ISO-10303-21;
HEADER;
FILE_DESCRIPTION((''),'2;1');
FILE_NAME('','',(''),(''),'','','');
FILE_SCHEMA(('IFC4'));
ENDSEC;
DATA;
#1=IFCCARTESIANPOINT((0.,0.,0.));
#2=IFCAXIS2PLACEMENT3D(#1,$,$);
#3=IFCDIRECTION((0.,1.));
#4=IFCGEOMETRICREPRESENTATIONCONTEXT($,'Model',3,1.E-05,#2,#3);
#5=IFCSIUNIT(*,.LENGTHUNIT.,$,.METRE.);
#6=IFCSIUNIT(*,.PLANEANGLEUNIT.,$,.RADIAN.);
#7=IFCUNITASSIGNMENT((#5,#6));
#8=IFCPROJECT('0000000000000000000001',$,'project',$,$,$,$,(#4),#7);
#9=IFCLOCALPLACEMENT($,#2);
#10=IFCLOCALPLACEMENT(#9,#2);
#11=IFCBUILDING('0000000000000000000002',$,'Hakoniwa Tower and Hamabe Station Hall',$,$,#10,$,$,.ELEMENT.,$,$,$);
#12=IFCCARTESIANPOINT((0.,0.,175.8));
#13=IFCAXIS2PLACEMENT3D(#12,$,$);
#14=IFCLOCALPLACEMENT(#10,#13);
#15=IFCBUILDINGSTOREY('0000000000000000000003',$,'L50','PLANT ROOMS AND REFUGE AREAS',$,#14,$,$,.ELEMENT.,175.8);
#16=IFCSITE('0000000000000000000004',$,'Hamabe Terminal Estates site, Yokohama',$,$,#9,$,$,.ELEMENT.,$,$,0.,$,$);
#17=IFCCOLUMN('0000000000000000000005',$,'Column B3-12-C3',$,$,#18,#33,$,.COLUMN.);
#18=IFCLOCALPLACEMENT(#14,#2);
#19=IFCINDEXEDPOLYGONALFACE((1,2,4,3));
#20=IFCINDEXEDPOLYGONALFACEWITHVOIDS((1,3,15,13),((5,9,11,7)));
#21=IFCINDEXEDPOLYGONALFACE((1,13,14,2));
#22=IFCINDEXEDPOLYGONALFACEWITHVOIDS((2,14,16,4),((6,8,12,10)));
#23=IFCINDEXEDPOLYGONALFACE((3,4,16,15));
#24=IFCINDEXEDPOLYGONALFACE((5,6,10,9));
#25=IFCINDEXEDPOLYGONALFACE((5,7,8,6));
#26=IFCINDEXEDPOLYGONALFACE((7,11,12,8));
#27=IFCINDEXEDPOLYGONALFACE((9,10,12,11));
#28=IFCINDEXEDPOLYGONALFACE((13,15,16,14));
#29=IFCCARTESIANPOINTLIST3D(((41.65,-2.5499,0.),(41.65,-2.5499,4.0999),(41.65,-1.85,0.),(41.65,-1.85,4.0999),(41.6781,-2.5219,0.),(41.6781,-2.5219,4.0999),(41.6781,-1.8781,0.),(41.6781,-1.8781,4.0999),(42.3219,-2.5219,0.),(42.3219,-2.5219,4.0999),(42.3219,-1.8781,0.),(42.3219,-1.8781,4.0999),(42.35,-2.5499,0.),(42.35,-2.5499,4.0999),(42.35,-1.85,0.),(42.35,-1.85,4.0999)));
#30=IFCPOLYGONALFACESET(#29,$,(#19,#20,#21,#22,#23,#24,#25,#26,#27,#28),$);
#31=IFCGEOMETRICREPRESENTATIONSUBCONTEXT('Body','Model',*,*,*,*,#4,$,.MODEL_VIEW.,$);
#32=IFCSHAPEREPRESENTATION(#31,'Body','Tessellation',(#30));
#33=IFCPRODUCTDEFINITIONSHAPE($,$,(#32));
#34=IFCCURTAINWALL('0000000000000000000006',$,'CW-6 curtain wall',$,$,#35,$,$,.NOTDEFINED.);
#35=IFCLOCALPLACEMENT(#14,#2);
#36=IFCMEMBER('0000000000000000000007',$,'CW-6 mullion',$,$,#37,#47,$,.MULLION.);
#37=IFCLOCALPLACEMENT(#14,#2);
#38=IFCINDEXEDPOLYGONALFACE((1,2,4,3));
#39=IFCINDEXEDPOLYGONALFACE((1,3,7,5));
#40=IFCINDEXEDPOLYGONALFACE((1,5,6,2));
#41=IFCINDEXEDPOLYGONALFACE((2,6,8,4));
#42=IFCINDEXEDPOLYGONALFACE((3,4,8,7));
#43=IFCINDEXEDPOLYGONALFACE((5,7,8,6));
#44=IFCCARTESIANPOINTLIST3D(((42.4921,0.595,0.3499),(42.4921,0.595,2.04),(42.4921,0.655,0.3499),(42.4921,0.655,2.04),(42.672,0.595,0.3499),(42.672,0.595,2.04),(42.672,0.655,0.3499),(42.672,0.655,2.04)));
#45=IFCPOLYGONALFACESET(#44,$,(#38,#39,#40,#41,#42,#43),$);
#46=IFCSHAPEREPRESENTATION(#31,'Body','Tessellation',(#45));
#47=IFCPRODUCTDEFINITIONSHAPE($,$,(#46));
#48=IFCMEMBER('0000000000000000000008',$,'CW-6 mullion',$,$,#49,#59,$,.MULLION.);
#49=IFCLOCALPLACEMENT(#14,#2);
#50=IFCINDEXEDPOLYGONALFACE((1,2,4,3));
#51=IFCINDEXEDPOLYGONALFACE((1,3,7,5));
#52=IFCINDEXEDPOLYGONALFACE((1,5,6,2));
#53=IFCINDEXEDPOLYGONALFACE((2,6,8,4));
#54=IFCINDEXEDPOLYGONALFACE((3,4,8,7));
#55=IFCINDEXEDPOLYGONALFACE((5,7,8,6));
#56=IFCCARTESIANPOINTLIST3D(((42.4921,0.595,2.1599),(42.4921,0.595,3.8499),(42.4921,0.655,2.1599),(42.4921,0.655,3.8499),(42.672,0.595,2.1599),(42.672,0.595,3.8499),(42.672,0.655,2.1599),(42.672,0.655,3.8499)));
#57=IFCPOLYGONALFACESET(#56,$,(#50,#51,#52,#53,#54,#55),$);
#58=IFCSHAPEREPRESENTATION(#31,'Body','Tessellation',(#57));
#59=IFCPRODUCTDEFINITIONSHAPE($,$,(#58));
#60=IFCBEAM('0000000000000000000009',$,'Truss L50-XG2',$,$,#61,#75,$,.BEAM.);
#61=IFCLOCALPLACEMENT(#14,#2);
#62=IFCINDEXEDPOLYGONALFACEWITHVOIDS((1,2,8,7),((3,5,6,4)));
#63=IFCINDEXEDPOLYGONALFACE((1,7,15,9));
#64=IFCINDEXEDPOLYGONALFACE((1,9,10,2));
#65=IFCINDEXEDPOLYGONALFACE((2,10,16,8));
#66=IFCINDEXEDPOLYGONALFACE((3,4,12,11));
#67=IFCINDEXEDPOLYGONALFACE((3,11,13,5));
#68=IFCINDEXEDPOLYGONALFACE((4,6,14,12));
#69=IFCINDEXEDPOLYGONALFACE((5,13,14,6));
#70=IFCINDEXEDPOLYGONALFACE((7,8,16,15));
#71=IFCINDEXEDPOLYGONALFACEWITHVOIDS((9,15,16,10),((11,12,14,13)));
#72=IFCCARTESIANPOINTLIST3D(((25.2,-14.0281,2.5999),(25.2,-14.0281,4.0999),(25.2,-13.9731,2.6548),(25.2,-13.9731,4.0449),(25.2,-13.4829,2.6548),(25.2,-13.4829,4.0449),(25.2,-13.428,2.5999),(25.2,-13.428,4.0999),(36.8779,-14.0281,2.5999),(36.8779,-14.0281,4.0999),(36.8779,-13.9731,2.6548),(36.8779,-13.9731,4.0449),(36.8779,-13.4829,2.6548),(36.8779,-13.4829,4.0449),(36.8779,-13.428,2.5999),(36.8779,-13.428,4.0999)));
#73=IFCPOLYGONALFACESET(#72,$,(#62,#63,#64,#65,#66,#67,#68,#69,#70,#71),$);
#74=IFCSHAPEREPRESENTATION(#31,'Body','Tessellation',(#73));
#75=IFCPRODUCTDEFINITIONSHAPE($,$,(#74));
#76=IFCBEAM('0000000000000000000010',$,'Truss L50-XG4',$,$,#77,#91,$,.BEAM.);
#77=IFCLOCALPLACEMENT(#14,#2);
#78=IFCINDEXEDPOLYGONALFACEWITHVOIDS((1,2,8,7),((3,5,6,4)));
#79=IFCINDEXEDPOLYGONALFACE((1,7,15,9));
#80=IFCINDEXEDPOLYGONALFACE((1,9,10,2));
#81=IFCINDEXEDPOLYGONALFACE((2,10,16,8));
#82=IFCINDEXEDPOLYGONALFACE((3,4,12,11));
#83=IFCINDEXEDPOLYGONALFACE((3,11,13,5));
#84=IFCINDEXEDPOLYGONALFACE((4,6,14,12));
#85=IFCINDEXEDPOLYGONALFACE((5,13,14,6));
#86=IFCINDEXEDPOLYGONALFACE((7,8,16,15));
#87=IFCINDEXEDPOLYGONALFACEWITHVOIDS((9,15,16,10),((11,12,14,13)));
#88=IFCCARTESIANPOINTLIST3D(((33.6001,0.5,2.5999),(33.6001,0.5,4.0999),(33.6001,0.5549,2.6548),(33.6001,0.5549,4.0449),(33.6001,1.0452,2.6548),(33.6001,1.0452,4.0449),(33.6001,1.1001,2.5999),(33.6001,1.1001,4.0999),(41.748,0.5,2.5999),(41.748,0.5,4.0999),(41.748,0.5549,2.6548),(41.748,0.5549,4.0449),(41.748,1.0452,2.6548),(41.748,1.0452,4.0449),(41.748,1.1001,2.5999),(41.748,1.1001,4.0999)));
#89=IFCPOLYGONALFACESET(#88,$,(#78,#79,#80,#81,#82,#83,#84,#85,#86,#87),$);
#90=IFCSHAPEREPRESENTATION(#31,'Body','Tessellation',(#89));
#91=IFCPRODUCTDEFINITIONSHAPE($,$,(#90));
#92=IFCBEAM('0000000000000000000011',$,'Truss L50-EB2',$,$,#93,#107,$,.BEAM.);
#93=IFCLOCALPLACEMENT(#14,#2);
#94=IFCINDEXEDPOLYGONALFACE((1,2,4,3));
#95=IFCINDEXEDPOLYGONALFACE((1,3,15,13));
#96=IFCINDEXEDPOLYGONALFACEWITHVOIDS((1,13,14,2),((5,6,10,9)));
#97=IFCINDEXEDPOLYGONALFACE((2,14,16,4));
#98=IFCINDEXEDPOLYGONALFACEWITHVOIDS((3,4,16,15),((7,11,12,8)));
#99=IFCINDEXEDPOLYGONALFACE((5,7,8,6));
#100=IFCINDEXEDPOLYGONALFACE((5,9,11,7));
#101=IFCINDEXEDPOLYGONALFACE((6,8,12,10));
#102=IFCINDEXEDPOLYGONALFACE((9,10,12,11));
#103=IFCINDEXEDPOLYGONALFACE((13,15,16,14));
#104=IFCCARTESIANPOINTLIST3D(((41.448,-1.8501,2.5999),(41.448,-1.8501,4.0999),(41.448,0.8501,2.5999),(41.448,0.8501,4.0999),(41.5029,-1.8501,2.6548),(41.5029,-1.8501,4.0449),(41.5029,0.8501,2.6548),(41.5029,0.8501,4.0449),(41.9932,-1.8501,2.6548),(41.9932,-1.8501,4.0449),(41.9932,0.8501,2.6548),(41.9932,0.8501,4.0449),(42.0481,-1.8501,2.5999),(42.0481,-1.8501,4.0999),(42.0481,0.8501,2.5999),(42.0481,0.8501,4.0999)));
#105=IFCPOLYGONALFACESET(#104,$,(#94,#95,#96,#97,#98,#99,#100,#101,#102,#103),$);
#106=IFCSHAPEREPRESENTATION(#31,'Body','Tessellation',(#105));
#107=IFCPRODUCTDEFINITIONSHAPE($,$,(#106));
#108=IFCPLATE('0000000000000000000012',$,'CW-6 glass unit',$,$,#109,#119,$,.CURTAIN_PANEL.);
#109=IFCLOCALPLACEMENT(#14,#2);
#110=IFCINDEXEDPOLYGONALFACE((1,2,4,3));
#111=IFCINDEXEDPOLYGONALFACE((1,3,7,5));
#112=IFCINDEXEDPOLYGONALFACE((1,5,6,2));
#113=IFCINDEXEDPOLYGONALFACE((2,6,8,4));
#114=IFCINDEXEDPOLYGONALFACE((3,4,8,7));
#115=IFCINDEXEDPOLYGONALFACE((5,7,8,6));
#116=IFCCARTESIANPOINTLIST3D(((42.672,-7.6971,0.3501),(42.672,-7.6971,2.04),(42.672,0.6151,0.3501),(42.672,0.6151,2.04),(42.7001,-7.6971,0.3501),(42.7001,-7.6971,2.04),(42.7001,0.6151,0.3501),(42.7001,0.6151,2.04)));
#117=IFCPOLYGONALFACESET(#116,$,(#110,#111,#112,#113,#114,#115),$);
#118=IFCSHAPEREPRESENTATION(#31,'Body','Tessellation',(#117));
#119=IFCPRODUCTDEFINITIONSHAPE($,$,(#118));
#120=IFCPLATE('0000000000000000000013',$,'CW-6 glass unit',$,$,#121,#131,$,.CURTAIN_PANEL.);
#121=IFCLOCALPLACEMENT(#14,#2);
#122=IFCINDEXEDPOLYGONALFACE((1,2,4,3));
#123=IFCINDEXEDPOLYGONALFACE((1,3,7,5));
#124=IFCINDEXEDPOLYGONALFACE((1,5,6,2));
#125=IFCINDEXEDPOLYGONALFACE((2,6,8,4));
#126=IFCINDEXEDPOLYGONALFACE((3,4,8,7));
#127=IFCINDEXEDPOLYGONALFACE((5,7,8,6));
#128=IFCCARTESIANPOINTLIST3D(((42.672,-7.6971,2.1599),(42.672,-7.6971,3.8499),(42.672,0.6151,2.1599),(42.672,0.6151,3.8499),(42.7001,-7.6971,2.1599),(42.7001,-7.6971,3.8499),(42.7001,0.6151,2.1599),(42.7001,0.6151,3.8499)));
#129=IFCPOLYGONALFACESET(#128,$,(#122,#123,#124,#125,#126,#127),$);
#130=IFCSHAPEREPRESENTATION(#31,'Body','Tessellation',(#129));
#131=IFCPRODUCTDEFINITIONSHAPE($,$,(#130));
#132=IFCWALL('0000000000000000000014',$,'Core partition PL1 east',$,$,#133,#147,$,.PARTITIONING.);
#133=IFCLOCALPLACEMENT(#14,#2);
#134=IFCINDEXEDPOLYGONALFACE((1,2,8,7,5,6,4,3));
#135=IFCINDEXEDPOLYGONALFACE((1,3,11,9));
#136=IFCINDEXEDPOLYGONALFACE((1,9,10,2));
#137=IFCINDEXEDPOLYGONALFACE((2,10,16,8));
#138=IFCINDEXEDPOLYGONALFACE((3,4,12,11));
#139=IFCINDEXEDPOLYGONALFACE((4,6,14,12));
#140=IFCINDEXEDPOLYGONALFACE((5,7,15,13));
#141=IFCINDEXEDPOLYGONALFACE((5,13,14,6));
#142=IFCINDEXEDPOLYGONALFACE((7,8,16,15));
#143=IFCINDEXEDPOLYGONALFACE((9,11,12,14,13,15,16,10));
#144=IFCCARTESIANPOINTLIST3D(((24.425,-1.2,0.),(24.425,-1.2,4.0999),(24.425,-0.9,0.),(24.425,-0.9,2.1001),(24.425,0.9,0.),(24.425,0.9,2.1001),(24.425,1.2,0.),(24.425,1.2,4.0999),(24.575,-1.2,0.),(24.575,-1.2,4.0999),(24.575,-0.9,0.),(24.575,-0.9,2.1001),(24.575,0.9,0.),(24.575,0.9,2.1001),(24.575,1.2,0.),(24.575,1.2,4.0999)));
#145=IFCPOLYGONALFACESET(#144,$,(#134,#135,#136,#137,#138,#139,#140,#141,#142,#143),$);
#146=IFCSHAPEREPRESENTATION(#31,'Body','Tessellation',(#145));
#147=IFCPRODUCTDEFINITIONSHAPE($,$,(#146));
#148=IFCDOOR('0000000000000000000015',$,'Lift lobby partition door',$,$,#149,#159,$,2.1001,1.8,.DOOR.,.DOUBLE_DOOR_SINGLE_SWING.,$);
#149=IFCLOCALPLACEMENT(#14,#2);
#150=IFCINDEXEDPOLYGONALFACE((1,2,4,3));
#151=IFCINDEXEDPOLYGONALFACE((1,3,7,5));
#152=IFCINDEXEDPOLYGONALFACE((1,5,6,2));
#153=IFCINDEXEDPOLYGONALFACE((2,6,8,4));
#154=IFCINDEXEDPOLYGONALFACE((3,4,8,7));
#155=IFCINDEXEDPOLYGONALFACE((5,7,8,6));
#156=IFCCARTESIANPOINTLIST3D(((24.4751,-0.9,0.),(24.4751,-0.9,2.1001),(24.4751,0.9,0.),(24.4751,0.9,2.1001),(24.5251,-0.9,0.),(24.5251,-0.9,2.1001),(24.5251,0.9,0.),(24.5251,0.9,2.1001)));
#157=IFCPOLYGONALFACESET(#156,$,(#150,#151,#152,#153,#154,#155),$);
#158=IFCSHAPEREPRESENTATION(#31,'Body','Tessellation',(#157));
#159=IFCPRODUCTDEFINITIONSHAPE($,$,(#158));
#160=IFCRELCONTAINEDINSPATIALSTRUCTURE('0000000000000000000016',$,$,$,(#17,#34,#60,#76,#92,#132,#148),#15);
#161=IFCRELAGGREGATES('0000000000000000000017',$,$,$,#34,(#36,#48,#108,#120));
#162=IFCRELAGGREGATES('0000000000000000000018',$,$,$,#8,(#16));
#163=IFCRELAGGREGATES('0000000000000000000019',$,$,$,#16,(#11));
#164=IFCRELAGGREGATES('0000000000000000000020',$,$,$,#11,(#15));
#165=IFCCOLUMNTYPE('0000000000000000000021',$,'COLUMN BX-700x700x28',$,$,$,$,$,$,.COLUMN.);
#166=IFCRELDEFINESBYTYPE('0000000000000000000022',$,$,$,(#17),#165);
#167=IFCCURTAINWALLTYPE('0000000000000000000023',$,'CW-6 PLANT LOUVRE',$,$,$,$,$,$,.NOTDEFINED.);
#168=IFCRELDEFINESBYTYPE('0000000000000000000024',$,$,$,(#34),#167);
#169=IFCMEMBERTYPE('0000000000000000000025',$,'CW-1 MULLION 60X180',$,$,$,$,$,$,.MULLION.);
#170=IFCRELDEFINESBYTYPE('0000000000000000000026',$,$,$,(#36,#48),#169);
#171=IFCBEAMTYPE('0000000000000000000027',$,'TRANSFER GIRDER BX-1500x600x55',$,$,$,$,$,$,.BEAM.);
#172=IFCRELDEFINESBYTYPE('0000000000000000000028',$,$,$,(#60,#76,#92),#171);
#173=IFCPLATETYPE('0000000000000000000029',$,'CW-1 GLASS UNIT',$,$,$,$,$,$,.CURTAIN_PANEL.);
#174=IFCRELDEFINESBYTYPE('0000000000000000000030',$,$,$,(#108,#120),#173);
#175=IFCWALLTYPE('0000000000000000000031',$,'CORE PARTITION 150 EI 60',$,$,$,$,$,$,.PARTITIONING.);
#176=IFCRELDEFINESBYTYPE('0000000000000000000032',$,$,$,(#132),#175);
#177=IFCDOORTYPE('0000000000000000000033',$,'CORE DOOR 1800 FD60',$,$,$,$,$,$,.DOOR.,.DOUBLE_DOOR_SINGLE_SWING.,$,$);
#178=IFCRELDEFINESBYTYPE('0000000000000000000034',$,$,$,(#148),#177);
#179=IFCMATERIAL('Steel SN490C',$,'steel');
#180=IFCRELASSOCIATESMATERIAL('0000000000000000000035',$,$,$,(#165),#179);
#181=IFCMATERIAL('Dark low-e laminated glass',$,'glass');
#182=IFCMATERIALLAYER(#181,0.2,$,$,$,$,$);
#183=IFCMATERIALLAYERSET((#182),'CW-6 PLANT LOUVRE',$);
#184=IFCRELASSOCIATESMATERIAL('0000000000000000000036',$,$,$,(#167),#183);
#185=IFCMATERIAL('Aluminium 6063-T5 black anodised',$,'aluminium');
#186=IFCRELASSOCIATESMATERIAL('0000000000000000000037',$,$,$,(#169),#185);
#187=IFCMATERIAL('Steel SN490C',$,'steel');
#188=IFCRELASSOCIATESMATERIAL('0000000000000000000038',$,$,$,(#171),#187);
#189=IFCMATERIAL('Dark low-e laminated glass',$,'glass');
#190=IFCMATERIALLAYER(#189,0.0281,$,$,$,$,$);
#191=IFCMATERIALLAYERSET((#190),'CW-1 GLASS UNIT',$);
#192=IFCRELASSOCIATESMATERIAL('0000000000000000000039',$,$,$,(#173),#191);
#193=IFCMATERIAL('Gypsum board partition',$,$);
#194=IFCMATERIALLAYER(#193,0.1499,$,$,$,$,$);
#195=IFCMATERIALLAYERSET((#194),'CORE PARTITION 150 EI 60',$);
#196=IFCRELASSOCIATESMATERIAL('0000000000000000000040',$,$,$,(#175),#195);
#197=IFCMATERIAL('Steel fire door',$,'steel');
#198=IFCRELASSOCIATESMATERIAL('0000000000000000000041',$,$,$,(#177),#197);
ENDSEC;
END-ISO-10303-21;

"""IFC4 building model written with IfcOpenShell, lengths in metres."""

from ifc_helpers import new_model, si_unit, direction, frame, frame_2d, origin, origin_2d, place, context, subcontext, project, spatial, rectangle, hollow_rectangle, extrude, material, layer, layer_set, material_profile, profile_set, type_object, element, fill, aggregate, save


model = new_model("IFC4")

# Units and contexts
model_context = context("Model", 3, precision=1e-05, world=origin(), true_north=direction((0.0, 1.0)))
body_context = subcontext(model_context, "Body", "Model", "MODEL_VIEW")
ifc_project = project(units=[si_unit("LENGTHUNIT", "METRE"), si_unit("PLANEANGLEUNIT", "RADIAN")], contexts=[model_context])

# Site, building, storey
site_placement = place(None, origin())
site = spatial("IfcSite", under=ifc_project, at=site_placement, Name="Hamabe Terminal Estates site, Yokohama", CompositionType="ELEMENT", RefElevation=0.0)
building_placement = place(site_placement, origin())
building = spatial("IfcBuilding", under=site, at=building_placement, Name="Hakoniwa Tower and Hamabe Station Hall", CompositionType="ELEMENT")
storey_placement = place(building_placement, frame((0.0, 0.0, 175.8)))
storey = spatial("IfcBuildingStorey", under=building, at=storey_placement, Name="L50", Description="PLANT ROOMS AND REFUGE AREAS", CompositionType="ELEMENT", Elevation=175.8)

# Column
ifc_material_1 = material(Name="Steel SN490C", Category="steel")
ifc_material_profile_1 = material_profile(ifc_material_1, hollow_rectangle(XDim=0.7, YDim=0.7, WallThickness=0.0281, at=origin_2d()), Name="BX-700x700x28")
ifc_profile_set_1 = profile_set([ifc_material_profile_1], Name="Steel SN490C")
column_type = type_object("IfcColumnType", Name="COLUMN BX-700x700x28", PredefinedType="COLUMN", material=ifc_profile_set_1)
column_placement = place(storey_placement, frame((42.0, -2.2, 0.0), z_axis=(0.0, 0.0, 1.0), x_axis=(1.0, 0.0, 0.0)))
element("IfcColumn", 1, at=column_placement, inside=storey, type_object=column_type, Name="Column B3-12-C3", PredefinedType="COLUMN", context=body_context, shape_type="SweptSolid", body=[
    extrude(hollow_rectangle(XDim=0.7, YDim=0.7, WallThickness=0.0281, at=origin_2d()), origin(), (0.0, 0.0, 1.0), 4.0999),
])

# Curtain wall, members
ifc_material_2 = material(Name="Dark low-e laminated glass", Category="glass")
ifc_layer_1 = layer(ifc_material_2, 0.2)
ifc_layer_set_1 = layer_set([ifc_layer_1], Name="CW-6 PLANT LOUVRE")
curtain_wall_type = type_object("IfcCurtainWallType", Name="CW-6 PLANT LOUVRE", PredefinedType="NOTDEFINED", material=ifc_layer_set_1)
curtain_wall_placement = place(storey_placement, origin())
curtain_wall = element("IfcCurtainWall", 2, at=curtain_wall_placement, inside=storey, type_object=curtain_wall_type, Name="CW-6 curtain wall", PredefinedType="NOTDEFINED")
ifc_material_3 = material(Name="Aluminium 6063-T5 black anodised", Category="aluminium")
ifc_material_profile_2 = material_profile(ifc_material_3, rectangle(XDim=0.0601, YDim=0.1799, at=origin_2d()), Name="CW-1 MULLION 60X180")
ifc_profile_set_2 = profile_set([ifc_material_profile_2], Name="Aluminium 6063-T5 black anodised")
member_type = type_object("IfcMemberType", Name="CW-1 MULLION 60X180", PredefinedType="MULLION", material=ifc_profile_set_2)
member_1_placement = place(storey_placement, frame((42.582, 0.625, 0.3499), z_axis=(0.0, 0.0, 1.0), x_axis=(0.0, 1.0, 0.0)))
member_1 = element("IfcMember", 3, at=member_1_placement, type_object=member_type, Name="CW-6 mullion", PredefinedType="MULLION", context=body_context, shape_type="SweptSolid", body=[
    extrude(rectangle(XDim=0.0601, YDim=0.1799, at=origin_2d()), origin(), (0.0, 0.0, 1.0), 1.6902),
])
member_2_placement = place(storey_placement, frame((42.582, 0.625, 2.1599), z_axis=(0.0, 0.0, 1.0), x_axis=(0.0, 1.0, 0.0)))
member_2 = element("IfcMember", 4, at=member_2_placement, type_object=member_type, Name="CW-6 mullion", PredefinedType="MULLION", context=body_context, shape_type="SweptSolid", body=[
    extrude(rectangle(XDim=0.0601, YDim=0.1799, at=origin_2d()), origin(), (0.0, 0.0, 1.0), 1.6899),
])

# Beams
ifc_material_4 = material(Name="Steel SN490C", Category="steel")
ifc_material_profile_3 = material_profile(ifc_material_4, hollow_rectangle(XDim=0.6001, YDim=1.5, WallThickness=0.0549, at=origin_2d()), Name="BX-1500x600x55")
ifc_profile_set_3 = profile_set([ifc_material_profile_3], Name="Steel SN490C")
beam_type = type_object("IfcBeamType", Name="TRANSFER GIRDER BX-1500x600x55", PredefinedType="BEAM", material=ifc_profile_set_3)
beam_1_placement = place(storey_placement, frame((25.2, -13.728, 3.3499), z_axis=(1.0, 0.0, 0.0), x_axis=(0.0, 1.0, 0.0)))
element("IfcBeam", 5, at=beam_1_placement, inside=storey, type_object=beam_type, Name="Truss L50-XG2", PredefinedType="BEAM", context=body_context, shape_type="SweptSolid", body=[
    extrude(hollow_rectangle(XDim=0.6001, YDim=1.5, WallThickness=0.0549, at=origin_2d()), origin(), (0.0, 0.0, 1.0), 11.678),
])
beam_2_placement = place(storey_placement, frame((33.6001, 0.8, 3.3499), z_axis=(1.0, 0.0, 0.0), x_axis=(0.0, 1.0, 0.0)))
element("IfcBeam", 6, at=beam_2_placement, inside=storey, type_object=beam_type, Name="Truss L50-XG4", PredefinedType="BEAM", context=body_context, shape_type="SweptSolid", body=[
    extrude(hollow_rectangle(XDim=0.6001, YDim=1.5, WallThickness=0.0549, at=origin_2d()), origin(), (0.0, 0.0, 1.0), 8.1479),
])
beam_3_placement = place(storey_placement, frame((41.748, -1.8501, 3.3499), z_axis=(0.0, 1.0, 0.0), x_axis=(-1.0, 0.0, 0.0)))
element("IfcBeam", 7, at=beam_3_placement, inside=storey, type_object=beam_type, Name="Truss L50-EB2", PredefinedType="BEAM", context=body_context, shape_type="SweptSolid", body=[
    extrude(hollow_rectangle(XDim=0.6001, YDim=1.5, WallThickness=0.0549, at=origin_2d()), origin(), (0.0, 0.0, 1.0), 2.7002),
])

# Plates
ifc_material_5 = material(Name="Dark low-e laminated glass", Category="glass")
ifc_layer_2 = layer(ifc_material_5, 0.0281)
ifc_layer_set_2 = layer_set([ifc_layer_2], Name="CW-1 GLASS UNIT")
plate_type = type_object("IfcPlateType", Name="CW-1 GLASS UNIT", PredefinedType="CURTAIN_PANEL", material=ifc_layer_set_2)
plate_1_placement = place(storey_placement, frame((42.686, -3.541, 0.3501), z_axis=(0.0, 0.0, 1.0), x_axis=(0.0, 1.0, 0.0)))
plate_1 = element("IfcPlate", 8, at=plate_1_placement, type_object=plate_type, Name="CW-6 glass unit", PredefinedType="CURTAIN_PANEL", context=body_context, shape_type="SweptSolid", body=[
    extrude(rectangle(XDim=8.3123, YDim=0.0281, at=origin_2d()), origin(), (0.0, 0.0, 1.0), 1.6899),
])
plate_2_placement = place(storey_placement, frame((42.686, -3.541, 2.1599), z_axis=(0.0, 0.0, 1.0), x_axis=(0.0, 1.0, 0.0)))
plate_2 = element("IfcPlate", 9, at=plate_2_placement, type_object=plate_type, Name="CW-6 glass unit", PredefinedType="CURTAIN_PANEL", context=body_context, shape_type="SweptSolid", body=[
    extrude(rectangle(XDim=8.3123, YDim=0.0281, at=origin_2d()), origin(), (0.0, 0.0, 1.0), 1.6899),
])

# Wall, opening, door
ifc_material_6 = material(Name="Gypsum board partition")
ifc_layer_3 = layer(ifc_material_6, 0.1499)
ifc_layer_set_3 = layer_set([ifc_layer_3], Name="CORE PARTITION 150 EI 60")
wall_type_1 = type_object("IfcWallType", Name="CORE PARTITION 150 EI 60", PredefinedType="PARTITIONING", material=ifc_layer_set_3)
wall_1_placement = place(storey_placement, frame((24.5, -1.2, 0.0), z_axis=(0.0, 0.0, 1.0), x_axis=(0.0, 1.0, 0.0)))
wall_1 = element("IfcWall", 10, at=wall_1_placement, inside=storey, type_object=wall_type_1, Name="Core partition PL1 east", PredefinedType="PARTITIONING", context=body_context, shape_type="SweptSolid", body=[
    extrude(rectangle(XDim=2.3999, YDim=0.1499, at=frame_2d((1.2, 0.0))), origin(), (0.0, 0.0, 1.0), 4.0999),
])
opening_1_placement = place(wall_1_placement, frame((0.3, 0.0, 0.0)))
opening_1 = element("IfcOpeningElement", 11, at=opening_1_placement, cuts=wall_1, PredefinedType="OPENING", context=body_context, shape_type="SweptSolid", body=[
    extrude(rectangle(XDim=1.8, YDim=2.1001, at=frame_2d((0.8999, 1.05))), frame((0.0, 0.085, 0.0), z_axis=(0.0, -1.0, 0.0), x_axis=(1.0, 0.0, 0.0)), (0.0, 0.0, 1.0), 0.1699),
])
ifc_material_7 = material(Name="Steel fire door", Category="steel")
door_type_1 = type_object("IfcDoorType", Name="CORE DOOR 1800 FD60", OperationType="DOUBLE_DOOR_SINGLE_SWING", PredefinedType="DOOR", material=ifc_material_7)
door_1_placement = place(opening_1_placement, origin())
door_1 = element("IfcDoor", 12, at=door_1_placement, inside=storey, type_object=door_type_1, Name="Lift lobby partition door", OperationType="DOUBLE_DOOR_SINGLE_SWING", OverallHeight=2.1001, OverallWidth=1.8, PredefinedType="DOOR", context=body_context, shape_type="SweptSolid", body=[
    extrude(rectangle(XDim=1.8, YDim=2.1001, at=frame_2d((0.8999, 1.05))), frame((0.0, 0.0249, 0.0), z_axis=(0.0, -1.0, 0.0), x_axis=(1.0, 0.0, 0.0)), (0.0, 0.0, 1.0), 0.05),
])
fill(opening_1, door_1)

aggregate(curtain_wall, [member_1, member_2, plate_1, plate_2])

save(model, "model.ifc")
